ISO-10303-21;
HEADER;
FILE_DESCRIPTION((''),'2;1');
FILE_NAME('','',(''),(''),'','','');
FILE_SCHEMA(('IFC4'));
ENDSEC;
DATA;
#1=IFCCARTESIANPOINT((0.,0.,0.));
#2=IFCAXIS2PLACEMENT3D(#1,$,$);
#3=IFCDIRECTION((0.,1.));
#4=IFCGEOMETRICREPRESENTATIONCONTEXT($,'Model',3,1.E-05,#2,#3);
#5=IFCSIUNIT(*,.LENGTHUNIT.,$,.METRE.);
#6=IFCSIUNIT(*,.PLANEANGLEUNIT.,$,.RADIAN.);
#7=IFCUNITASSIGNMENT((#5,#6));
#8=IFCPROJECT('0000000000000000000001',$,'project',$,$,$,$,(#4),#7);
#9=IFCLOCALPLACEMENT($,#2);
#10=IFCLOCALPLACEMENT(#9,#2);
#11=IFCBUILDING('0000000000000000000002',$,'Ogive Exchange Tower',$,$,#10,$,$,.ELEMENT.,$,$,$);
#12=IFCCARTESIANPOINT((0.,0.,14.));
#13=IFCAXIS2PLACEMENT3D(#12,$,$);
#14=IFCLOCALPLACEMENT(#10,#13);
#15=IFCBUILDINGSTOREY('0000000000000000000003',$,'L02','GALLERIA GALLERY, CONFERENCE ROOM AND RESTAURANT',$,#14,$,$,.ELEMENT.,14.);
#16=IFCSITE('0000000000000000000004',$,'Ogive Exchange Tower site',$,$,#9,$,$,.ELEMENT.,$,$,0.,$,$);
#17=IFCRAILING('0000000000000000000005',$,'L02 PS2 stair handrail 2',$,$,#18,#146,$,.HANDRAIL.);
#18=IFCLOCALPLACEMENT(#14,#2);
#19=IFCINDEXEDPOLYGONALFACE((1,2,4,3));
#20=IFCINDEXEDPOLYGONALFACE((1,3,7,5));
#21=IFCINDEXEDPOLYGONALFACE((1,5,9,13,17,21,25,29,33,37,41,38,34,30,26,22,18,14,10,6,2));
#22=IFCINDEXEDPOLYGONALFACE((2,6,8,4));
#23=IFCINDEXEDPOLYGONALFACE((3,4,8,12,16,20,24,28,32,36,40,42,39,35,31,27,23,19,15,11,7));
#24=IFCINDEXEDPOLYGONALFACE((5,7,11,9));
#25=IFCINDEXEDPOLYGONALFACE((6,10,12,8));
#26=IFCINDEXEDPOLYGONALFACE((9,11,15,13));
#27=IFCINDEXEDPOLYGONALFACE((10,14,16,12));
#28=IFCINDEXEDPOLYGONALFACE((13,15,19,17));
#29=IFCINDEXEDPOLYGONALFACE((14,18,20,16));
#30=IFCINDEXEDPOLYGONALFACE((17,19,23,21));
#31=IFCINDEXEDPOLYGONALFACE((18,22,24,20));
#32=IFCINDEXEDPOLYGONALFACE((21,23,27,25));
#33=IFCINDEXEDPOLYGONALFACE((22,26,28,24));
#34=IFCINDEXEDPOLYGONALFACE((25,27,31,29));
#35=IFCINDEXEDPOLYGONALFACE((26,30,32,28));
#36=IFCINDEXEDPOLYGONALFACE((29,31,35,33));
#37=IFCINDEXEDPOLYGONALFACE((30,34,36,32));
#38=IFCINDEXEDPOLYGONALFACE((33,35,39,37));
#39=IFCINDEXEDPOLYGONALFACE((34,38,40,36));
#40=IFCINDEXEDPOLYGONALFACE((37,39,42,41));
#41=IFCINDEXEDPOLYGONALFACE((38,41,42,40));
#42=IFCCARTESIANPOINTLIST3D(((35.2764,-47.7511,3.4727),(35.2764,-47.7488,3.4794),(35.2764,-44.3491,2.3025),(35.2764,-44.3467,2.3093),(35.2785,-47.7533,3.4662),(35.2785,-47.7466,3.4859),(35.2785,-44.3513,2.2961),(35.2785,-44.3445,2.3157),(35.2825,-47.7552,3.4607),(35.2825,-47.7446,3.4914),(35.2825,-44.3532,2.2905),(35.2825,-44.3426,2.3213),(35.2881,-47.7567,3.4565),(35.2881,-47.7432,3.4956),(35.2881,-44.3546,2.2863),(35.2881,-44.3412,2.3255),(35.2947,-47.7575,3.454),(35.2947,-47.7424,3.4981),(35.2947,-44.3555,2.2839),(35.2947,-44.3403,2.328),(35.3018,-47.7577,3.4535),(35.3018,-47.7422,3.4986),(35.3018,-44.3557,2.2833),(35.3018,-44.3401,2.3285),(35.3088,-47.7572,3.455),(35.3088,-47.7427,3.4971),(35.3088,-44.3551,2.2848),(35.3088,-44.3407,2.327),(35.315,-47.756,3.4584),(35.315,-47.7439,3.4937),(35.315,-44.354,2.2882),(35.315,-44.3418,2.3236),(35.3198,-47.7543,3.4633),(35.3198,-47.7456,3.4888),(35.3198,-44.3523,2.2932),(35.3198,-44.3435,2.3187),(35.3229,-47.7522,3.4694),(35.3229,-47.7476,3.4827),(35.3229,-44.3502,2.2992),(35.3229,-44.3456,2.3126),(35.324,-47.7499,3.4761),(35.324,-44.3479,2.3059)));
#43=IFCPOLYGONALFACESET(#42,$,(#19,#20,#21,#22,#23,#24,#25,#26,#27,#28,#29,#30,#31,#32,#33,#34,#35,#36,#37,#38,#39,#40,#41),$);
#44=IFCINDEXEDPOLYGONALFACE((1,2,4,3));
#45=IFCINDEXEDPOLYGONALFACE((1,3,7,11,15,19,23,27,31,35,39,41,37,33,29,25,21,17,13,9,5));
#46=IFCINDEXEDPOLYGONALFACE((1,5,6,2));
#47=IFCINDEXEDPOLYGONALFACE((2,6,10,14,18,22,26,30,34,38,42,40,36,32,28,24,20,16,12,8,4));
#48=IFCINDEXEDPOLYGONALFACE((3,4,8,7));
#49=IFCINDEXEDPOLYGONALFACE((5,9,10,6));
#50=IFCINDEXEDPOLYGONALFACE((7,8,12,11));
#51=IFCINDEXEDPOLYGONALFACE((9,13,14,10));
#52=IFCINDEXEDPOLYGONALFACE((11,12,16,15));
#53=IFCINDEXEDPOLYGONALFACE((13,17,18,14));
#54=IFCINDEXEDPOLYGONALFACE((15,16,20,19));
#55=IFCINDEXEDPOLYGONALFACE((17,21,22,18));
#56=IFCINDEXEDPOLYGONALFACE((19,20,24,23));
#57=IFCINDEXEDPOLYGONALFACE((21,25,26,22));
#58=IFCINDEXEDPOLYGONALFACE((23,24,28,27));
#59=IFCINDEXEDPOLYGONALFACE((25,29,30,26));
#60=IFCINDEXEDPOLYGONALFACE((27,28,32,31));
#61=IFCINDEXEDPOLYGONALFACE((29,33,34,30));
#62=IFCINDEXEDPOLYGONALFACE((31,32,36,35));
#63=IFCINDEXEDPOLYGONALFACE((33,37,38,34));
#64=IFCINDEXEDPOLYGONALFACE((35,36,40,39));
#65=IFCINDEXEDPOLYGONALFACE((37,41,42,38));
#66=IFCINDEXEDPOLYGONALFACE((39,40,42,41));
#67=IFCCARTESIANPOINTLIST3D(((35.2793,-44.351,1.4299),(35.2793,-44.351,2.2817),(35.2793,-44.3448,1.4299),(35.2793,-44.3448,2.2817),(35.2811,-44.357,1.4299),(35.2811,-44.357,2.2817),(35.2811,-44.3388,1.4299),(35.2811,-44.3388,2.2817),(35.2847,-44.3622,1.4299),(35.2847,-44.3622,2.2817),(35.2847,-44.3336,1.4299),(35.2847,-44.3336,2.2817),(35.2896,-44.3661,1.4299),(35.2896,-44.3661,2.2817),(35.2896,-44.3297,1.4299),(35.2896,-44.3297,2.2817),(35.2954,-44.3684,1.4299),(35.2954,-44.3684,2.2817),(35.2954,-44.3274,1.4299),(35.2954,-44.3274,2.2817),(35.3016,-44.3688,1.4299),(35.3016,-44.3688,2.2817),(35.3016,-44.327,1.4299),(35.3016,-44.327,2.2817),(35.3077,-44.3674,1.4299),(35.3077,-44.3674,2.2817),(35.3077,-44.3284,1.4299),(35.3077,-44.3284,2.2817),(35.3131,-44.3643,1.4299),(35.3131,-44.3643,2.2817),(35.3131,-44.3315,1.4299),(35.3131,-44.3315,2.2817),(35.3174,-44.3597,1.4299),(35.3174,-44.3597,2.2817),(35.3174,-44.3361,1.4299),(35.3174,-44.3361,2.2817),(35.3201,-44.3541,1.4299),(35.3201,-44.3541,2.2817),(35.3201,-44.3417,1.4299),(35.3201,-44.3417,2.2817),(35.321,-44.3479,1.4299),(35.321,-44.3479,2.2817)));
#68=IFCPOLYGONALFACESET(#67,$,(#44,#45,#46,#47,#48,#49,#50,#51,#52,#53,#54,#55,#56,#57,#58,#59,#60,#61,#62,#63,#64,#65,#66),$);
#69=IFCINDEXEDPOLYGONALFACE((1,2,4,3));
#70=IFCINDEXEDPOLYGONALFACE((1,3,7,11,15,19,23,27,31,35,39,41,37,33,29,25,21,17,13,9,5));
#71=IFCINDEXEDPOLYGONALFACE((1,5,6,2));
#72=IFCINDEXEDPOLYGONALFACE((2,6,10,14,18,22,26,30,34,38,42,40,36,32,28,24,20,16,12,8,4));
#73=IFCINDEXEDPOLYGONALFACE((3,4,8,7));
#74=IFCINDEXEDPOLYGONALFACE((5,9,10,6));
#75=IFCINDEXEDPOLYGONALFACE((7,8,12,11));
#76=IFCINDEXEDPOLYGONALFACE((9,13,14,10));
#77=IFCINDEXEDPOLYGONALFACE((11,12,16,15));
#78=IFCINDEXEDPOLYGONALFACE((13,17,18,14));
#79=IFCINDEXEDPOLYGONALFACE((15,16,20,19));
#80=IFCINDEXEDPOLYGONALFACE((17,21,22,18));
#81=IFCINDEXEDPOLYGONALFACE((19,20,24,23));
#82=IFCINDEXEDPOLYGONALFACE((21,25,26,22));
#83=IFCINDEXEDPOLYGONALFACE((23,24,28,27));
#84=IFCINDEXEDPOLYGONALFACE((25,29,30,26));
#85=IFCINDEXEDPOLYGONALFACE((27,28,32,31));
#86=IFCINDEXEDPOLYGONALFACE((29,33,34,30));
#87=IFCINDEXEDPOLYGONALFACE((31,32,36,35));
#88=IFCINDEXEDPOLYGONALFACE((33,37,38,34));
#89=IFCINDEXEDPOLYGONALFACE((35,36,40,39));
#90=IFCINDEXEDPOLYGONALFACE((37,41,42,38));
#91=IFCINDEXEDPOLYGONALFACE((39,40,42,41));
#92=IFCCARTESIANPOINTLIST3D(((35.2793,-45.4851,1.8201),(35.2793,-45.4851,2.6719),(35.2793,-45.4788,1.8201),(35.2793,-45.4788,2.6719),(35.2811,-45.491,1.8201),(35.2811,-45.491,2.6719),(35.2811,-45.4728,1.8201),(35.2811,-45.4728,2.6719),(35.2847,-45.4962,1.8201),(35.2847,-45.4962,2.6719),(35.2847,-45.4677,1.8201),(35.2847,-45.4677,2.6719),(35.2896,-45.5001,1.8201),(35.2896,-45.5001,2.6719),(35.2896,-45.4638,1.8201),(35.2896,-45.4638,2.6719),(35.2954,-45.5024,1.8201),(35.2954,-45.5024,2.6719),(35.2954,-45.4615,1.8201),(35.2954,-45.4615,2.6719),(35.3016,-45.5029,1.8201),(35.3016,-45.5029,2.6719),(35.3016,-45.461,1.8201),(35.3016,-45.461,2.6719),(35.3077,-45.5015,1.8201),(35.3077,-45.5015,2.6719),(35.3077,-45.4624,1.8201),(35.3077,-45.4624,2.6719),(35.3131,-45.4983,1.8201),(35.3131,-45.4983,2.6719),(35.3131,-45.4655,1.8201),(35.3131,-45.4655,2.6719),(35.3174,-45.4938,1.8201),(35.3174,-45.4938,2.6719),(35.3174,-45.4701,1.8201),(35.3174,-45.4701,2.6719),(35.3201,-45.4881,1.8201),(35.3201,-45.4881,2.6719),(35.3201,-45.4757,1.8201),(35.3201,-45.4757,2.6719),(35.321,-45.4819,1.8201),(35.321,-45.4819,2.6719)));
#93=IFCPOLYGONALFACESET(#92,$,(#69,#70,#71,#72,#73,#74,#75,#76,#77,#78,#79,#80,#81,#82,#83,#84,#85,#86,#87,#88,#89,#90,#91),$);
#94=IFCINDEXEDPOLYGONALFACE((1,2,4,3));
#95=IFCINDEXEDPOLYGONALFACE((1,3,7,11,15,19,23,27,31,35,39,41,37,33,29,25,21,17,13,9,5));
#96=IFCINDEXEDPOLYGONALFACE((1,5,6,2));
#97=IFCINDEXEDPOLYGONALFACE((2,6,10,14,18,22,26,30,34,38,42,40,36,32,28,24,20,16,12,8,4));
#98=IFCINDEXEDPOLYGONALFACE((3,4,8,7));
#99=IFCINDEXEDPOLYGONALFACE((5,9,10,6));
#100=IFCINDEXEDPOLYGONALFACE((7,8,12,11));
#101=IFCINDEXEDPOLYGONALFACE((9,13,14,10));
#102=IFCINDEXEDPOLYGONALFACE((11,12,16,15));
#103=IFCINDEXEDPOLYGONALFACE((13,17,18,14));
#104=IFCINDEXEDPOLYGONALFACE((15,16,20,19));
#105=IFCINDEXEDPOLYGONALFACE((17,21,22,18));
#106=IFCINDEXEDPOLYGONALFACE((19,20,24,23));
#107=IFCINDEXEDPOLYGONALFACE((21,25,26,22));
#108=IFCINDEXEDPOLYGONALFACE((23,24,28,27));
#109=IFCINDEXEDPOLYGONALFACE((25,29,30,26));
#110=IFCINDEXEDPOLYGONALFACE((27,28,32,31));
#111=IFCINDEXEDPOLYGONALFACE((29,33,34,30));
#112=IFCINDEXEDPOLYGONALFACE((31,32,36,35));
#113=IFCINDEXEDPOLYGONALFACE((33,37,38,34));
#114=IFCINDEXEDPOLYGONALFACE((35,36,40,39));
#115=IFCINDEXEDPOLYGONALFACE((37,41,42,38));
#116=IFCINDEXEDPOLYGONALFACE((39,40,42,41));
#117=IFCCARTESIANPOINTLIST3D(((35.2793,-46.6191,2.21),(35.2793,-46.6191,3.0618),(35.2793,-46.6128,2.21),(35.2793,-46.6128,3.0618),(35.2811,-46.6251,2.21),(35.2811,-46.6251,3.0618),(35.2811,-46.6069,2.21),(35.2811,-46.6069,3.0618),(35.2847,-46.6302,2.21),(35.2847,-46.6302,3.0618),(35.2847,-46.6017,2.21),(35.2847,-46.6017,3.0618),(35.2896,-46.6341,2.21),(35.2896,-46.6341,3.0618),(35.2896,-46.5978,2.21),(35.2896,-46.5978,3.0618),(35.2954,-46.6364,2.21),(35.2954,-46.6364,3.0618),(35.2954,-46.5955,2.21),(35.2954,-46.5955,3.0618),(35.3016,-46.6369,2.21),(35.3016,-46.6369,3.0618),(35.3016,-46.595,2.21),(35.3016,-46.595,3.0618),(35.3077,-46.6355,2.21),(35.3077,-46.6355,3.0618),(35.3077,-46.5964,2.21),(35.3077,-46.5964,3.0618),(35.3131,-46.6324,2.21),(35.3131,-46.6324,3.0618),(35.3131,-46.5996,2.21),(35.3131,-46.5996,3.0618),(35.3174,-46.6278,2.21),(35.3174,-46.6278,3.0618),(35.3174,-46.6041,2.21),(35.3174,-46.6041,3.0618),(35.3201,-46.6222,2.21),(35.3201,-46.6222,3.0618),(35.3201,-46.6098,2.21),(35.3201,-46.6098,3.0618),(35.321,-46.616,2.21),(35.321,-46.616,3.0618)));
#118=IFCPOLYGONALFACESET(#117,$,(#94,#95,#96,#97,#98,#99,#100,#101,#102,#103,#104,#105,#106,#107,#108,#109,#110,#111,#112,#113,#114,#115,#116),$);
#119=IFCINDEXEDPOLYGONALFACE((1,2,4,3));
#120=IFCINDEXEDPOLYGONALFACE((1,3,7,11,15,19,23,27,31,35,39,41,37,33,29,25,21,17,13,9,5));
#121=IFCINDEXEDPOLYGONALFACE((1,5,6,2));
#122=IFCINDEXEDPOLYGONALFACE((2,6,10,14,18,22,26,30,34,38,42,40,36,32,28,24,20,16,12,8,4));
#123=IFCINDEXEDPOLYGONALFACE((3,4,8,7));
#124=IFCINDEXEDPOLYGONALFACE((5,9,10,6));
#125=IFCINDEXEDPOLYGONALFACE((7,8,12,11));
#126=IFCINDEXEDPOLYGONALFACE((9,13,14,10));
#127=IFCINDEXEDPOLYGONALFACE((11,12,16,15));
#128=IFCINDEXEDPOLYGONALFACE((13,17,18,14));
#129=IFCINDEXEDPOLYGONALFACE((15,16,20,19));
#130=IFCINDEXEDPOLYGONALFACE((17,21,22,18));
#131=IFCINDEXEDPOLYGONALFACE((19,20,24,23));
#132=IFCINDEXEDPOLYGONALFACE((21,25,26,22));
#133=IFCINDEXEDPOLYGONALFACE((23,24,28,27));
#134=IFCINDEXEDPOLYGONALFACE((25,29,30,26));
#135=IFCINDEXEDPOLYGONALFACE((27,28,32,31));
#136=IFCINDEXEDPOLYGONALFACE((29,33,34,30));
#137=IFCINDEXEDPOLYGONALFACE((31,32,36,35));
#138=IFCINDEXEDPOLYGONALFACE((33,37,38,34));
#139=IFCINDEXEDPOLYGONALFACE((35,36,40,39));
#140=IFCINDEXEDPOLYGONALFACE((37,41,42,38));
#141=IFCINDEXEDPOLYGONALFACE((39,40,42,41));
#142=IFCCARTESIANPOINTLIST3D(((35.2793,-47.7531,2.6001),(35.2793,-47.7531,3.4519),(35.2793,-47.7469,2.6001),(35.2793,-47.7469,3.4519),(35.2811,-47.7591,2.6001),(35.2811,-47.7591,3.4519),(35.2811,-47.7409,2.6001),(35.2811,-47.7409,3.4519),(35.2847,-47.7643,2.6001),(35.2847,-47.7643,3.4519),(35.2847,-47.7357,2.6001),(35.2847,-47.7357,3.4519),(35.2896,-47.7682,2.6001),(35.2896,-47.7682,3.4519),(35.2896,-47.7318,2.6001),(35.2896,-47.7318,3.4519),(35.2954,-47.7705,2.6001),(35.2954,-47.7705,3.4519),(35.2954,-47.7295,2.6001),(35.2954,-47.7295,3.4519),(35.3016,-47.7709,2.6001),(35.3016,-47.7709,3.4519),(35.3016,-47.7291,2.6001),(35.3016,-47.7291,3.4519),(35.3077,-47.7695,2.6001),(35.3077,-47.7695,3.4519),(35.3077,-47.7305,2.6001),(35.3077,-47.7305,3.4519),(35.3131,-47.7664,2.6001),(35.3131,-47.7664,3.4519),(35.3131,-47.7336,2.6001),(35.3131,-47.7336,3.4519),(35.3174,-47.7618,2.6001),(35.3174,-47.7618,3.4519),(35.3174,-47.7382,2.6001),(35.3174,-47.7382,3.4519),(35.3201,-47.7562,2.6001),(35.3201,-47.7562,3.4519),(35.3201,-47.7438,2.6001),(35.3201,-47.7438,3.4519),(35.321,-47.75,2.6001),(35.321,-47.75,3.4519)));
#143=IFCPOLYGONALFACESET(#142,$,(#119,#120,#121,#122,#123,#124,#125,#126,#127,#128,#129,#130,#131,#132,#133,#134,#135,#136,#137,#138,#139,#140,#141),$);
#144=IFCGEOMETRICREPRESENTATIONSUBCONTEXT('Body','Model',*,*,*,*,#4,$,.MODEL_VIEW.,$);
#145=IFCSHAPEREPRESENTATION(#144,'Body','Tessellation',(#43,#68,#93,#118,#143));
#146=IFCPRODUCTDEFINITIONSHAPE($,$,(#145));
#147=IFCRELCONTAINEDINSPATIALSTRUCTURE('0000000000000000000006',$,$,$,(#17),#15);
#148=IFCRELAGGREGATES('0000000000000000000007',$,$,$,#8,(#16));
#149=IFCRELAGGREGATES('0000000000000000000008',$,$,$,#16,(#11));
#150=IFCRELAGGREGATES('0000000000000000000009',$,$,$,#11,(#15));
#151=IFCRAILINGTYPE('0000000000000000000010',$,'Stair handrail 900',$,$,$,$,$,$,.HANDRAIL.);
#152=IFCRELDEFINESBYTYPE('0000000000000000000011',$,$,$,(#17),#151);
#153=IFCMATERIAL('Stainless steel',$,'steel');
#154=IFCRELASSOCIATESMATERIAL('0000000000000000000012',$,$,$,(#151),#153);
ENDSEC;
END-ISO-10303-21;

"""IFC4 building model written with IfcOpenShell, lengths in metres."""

from ifc_helpers import new_model, si_unit, direction, frame, origin, origin_2d, place, context, subcontext, project, spatial, circle, extrude, material, type_object, element, save


model = new_model("IFC4")

# Units and contexts
model_context = context("Model", 3, precision=1e-05, world=origin(), true_north=direction((0.0, 1.0)))
body_context = subcontext(model_context, "Body", "Model", "MODEL_VIEW")
ifc_project = project(units=[si_unit("LENGTHUNIT", "METRE"), si_unit("PLANEANGLEUNIT", "RADIAN")], contexts=[model_context])

# Site, building, storey
site_placement = place(None, origin())
site = spatial("IfcSite", under=ifc_project, at=site_placement, Name="Ogive Exchange Tower site", CompositionType="ELEMENT", RefElevation=0.0)
building_placement = place(site_placement, origin())
building = spatial("IfcBuilding", under=site, at=building_placement, Name="Ogive Exchange Tower", CompositionType="ELEMENT")
storey_placement = place(building_placement, frame((0.0, 0.0, 14.0)))
storey = spatial("IfcBuildingStorey", under=building, at=storey_placement, Name="L02", Description="GALLERIA GALLERY, CONFERENCE ROOM AND RESTAURANT", CompositionType="ELEMENT", Elevation=14.0)

# Railing
ifc_material_1 = material(Name="Stainless steel", Category="steel")
railing_type = type_object("IfcRailingType", Name="Stair handrail 900", PredefinedType="HANDRAIL", material=ifc_material_1)
railing_1_placement = place(storey_placement, frame((35.3, -44.3479, 1.4299)))
element("IfcRailing", 1, at=railing_1_placement, inside=storey, type_object=railing_type, Name="L02 PS2 stair handrail 2", PredefinedType="HANDRAIL", context=body_context, shape_type="SweptSolid", body=[
    extrude(circle(Radius=0.0239, at=origin_2d()), frame((0.0, 0.0, 0.876), z_axis=(0.0, -0.945627, 0.325252), x_axis=(1.0, 0.0, 0.0)), (0.0, 0.0, 1.0), 3.5977),
    extrude(circle(Radius=0.021, at=origin_2d()), origin(), (0.0, 0.0, 1.0), 0.8518),
    extrude(circle(Radius=0.021, at=origin_2d()), frame((0.0, -1.134, 0.3901)), (0.0, 0.0, 1.0), 0.8518),
    extrude(circle(Radius=0.021, at=origin_2d()), frame((0.0, -2.2681, 0.78)), (0.0, 0.0, 1.0), 0.8518),
    extrude(circle(Radius=0.021, at=origin_2d()), frame((0.0, -3.4021, 1.1702)), (0.0, 0.0, 1.0), 0.8518),
])

save(model, "model.ifc")
